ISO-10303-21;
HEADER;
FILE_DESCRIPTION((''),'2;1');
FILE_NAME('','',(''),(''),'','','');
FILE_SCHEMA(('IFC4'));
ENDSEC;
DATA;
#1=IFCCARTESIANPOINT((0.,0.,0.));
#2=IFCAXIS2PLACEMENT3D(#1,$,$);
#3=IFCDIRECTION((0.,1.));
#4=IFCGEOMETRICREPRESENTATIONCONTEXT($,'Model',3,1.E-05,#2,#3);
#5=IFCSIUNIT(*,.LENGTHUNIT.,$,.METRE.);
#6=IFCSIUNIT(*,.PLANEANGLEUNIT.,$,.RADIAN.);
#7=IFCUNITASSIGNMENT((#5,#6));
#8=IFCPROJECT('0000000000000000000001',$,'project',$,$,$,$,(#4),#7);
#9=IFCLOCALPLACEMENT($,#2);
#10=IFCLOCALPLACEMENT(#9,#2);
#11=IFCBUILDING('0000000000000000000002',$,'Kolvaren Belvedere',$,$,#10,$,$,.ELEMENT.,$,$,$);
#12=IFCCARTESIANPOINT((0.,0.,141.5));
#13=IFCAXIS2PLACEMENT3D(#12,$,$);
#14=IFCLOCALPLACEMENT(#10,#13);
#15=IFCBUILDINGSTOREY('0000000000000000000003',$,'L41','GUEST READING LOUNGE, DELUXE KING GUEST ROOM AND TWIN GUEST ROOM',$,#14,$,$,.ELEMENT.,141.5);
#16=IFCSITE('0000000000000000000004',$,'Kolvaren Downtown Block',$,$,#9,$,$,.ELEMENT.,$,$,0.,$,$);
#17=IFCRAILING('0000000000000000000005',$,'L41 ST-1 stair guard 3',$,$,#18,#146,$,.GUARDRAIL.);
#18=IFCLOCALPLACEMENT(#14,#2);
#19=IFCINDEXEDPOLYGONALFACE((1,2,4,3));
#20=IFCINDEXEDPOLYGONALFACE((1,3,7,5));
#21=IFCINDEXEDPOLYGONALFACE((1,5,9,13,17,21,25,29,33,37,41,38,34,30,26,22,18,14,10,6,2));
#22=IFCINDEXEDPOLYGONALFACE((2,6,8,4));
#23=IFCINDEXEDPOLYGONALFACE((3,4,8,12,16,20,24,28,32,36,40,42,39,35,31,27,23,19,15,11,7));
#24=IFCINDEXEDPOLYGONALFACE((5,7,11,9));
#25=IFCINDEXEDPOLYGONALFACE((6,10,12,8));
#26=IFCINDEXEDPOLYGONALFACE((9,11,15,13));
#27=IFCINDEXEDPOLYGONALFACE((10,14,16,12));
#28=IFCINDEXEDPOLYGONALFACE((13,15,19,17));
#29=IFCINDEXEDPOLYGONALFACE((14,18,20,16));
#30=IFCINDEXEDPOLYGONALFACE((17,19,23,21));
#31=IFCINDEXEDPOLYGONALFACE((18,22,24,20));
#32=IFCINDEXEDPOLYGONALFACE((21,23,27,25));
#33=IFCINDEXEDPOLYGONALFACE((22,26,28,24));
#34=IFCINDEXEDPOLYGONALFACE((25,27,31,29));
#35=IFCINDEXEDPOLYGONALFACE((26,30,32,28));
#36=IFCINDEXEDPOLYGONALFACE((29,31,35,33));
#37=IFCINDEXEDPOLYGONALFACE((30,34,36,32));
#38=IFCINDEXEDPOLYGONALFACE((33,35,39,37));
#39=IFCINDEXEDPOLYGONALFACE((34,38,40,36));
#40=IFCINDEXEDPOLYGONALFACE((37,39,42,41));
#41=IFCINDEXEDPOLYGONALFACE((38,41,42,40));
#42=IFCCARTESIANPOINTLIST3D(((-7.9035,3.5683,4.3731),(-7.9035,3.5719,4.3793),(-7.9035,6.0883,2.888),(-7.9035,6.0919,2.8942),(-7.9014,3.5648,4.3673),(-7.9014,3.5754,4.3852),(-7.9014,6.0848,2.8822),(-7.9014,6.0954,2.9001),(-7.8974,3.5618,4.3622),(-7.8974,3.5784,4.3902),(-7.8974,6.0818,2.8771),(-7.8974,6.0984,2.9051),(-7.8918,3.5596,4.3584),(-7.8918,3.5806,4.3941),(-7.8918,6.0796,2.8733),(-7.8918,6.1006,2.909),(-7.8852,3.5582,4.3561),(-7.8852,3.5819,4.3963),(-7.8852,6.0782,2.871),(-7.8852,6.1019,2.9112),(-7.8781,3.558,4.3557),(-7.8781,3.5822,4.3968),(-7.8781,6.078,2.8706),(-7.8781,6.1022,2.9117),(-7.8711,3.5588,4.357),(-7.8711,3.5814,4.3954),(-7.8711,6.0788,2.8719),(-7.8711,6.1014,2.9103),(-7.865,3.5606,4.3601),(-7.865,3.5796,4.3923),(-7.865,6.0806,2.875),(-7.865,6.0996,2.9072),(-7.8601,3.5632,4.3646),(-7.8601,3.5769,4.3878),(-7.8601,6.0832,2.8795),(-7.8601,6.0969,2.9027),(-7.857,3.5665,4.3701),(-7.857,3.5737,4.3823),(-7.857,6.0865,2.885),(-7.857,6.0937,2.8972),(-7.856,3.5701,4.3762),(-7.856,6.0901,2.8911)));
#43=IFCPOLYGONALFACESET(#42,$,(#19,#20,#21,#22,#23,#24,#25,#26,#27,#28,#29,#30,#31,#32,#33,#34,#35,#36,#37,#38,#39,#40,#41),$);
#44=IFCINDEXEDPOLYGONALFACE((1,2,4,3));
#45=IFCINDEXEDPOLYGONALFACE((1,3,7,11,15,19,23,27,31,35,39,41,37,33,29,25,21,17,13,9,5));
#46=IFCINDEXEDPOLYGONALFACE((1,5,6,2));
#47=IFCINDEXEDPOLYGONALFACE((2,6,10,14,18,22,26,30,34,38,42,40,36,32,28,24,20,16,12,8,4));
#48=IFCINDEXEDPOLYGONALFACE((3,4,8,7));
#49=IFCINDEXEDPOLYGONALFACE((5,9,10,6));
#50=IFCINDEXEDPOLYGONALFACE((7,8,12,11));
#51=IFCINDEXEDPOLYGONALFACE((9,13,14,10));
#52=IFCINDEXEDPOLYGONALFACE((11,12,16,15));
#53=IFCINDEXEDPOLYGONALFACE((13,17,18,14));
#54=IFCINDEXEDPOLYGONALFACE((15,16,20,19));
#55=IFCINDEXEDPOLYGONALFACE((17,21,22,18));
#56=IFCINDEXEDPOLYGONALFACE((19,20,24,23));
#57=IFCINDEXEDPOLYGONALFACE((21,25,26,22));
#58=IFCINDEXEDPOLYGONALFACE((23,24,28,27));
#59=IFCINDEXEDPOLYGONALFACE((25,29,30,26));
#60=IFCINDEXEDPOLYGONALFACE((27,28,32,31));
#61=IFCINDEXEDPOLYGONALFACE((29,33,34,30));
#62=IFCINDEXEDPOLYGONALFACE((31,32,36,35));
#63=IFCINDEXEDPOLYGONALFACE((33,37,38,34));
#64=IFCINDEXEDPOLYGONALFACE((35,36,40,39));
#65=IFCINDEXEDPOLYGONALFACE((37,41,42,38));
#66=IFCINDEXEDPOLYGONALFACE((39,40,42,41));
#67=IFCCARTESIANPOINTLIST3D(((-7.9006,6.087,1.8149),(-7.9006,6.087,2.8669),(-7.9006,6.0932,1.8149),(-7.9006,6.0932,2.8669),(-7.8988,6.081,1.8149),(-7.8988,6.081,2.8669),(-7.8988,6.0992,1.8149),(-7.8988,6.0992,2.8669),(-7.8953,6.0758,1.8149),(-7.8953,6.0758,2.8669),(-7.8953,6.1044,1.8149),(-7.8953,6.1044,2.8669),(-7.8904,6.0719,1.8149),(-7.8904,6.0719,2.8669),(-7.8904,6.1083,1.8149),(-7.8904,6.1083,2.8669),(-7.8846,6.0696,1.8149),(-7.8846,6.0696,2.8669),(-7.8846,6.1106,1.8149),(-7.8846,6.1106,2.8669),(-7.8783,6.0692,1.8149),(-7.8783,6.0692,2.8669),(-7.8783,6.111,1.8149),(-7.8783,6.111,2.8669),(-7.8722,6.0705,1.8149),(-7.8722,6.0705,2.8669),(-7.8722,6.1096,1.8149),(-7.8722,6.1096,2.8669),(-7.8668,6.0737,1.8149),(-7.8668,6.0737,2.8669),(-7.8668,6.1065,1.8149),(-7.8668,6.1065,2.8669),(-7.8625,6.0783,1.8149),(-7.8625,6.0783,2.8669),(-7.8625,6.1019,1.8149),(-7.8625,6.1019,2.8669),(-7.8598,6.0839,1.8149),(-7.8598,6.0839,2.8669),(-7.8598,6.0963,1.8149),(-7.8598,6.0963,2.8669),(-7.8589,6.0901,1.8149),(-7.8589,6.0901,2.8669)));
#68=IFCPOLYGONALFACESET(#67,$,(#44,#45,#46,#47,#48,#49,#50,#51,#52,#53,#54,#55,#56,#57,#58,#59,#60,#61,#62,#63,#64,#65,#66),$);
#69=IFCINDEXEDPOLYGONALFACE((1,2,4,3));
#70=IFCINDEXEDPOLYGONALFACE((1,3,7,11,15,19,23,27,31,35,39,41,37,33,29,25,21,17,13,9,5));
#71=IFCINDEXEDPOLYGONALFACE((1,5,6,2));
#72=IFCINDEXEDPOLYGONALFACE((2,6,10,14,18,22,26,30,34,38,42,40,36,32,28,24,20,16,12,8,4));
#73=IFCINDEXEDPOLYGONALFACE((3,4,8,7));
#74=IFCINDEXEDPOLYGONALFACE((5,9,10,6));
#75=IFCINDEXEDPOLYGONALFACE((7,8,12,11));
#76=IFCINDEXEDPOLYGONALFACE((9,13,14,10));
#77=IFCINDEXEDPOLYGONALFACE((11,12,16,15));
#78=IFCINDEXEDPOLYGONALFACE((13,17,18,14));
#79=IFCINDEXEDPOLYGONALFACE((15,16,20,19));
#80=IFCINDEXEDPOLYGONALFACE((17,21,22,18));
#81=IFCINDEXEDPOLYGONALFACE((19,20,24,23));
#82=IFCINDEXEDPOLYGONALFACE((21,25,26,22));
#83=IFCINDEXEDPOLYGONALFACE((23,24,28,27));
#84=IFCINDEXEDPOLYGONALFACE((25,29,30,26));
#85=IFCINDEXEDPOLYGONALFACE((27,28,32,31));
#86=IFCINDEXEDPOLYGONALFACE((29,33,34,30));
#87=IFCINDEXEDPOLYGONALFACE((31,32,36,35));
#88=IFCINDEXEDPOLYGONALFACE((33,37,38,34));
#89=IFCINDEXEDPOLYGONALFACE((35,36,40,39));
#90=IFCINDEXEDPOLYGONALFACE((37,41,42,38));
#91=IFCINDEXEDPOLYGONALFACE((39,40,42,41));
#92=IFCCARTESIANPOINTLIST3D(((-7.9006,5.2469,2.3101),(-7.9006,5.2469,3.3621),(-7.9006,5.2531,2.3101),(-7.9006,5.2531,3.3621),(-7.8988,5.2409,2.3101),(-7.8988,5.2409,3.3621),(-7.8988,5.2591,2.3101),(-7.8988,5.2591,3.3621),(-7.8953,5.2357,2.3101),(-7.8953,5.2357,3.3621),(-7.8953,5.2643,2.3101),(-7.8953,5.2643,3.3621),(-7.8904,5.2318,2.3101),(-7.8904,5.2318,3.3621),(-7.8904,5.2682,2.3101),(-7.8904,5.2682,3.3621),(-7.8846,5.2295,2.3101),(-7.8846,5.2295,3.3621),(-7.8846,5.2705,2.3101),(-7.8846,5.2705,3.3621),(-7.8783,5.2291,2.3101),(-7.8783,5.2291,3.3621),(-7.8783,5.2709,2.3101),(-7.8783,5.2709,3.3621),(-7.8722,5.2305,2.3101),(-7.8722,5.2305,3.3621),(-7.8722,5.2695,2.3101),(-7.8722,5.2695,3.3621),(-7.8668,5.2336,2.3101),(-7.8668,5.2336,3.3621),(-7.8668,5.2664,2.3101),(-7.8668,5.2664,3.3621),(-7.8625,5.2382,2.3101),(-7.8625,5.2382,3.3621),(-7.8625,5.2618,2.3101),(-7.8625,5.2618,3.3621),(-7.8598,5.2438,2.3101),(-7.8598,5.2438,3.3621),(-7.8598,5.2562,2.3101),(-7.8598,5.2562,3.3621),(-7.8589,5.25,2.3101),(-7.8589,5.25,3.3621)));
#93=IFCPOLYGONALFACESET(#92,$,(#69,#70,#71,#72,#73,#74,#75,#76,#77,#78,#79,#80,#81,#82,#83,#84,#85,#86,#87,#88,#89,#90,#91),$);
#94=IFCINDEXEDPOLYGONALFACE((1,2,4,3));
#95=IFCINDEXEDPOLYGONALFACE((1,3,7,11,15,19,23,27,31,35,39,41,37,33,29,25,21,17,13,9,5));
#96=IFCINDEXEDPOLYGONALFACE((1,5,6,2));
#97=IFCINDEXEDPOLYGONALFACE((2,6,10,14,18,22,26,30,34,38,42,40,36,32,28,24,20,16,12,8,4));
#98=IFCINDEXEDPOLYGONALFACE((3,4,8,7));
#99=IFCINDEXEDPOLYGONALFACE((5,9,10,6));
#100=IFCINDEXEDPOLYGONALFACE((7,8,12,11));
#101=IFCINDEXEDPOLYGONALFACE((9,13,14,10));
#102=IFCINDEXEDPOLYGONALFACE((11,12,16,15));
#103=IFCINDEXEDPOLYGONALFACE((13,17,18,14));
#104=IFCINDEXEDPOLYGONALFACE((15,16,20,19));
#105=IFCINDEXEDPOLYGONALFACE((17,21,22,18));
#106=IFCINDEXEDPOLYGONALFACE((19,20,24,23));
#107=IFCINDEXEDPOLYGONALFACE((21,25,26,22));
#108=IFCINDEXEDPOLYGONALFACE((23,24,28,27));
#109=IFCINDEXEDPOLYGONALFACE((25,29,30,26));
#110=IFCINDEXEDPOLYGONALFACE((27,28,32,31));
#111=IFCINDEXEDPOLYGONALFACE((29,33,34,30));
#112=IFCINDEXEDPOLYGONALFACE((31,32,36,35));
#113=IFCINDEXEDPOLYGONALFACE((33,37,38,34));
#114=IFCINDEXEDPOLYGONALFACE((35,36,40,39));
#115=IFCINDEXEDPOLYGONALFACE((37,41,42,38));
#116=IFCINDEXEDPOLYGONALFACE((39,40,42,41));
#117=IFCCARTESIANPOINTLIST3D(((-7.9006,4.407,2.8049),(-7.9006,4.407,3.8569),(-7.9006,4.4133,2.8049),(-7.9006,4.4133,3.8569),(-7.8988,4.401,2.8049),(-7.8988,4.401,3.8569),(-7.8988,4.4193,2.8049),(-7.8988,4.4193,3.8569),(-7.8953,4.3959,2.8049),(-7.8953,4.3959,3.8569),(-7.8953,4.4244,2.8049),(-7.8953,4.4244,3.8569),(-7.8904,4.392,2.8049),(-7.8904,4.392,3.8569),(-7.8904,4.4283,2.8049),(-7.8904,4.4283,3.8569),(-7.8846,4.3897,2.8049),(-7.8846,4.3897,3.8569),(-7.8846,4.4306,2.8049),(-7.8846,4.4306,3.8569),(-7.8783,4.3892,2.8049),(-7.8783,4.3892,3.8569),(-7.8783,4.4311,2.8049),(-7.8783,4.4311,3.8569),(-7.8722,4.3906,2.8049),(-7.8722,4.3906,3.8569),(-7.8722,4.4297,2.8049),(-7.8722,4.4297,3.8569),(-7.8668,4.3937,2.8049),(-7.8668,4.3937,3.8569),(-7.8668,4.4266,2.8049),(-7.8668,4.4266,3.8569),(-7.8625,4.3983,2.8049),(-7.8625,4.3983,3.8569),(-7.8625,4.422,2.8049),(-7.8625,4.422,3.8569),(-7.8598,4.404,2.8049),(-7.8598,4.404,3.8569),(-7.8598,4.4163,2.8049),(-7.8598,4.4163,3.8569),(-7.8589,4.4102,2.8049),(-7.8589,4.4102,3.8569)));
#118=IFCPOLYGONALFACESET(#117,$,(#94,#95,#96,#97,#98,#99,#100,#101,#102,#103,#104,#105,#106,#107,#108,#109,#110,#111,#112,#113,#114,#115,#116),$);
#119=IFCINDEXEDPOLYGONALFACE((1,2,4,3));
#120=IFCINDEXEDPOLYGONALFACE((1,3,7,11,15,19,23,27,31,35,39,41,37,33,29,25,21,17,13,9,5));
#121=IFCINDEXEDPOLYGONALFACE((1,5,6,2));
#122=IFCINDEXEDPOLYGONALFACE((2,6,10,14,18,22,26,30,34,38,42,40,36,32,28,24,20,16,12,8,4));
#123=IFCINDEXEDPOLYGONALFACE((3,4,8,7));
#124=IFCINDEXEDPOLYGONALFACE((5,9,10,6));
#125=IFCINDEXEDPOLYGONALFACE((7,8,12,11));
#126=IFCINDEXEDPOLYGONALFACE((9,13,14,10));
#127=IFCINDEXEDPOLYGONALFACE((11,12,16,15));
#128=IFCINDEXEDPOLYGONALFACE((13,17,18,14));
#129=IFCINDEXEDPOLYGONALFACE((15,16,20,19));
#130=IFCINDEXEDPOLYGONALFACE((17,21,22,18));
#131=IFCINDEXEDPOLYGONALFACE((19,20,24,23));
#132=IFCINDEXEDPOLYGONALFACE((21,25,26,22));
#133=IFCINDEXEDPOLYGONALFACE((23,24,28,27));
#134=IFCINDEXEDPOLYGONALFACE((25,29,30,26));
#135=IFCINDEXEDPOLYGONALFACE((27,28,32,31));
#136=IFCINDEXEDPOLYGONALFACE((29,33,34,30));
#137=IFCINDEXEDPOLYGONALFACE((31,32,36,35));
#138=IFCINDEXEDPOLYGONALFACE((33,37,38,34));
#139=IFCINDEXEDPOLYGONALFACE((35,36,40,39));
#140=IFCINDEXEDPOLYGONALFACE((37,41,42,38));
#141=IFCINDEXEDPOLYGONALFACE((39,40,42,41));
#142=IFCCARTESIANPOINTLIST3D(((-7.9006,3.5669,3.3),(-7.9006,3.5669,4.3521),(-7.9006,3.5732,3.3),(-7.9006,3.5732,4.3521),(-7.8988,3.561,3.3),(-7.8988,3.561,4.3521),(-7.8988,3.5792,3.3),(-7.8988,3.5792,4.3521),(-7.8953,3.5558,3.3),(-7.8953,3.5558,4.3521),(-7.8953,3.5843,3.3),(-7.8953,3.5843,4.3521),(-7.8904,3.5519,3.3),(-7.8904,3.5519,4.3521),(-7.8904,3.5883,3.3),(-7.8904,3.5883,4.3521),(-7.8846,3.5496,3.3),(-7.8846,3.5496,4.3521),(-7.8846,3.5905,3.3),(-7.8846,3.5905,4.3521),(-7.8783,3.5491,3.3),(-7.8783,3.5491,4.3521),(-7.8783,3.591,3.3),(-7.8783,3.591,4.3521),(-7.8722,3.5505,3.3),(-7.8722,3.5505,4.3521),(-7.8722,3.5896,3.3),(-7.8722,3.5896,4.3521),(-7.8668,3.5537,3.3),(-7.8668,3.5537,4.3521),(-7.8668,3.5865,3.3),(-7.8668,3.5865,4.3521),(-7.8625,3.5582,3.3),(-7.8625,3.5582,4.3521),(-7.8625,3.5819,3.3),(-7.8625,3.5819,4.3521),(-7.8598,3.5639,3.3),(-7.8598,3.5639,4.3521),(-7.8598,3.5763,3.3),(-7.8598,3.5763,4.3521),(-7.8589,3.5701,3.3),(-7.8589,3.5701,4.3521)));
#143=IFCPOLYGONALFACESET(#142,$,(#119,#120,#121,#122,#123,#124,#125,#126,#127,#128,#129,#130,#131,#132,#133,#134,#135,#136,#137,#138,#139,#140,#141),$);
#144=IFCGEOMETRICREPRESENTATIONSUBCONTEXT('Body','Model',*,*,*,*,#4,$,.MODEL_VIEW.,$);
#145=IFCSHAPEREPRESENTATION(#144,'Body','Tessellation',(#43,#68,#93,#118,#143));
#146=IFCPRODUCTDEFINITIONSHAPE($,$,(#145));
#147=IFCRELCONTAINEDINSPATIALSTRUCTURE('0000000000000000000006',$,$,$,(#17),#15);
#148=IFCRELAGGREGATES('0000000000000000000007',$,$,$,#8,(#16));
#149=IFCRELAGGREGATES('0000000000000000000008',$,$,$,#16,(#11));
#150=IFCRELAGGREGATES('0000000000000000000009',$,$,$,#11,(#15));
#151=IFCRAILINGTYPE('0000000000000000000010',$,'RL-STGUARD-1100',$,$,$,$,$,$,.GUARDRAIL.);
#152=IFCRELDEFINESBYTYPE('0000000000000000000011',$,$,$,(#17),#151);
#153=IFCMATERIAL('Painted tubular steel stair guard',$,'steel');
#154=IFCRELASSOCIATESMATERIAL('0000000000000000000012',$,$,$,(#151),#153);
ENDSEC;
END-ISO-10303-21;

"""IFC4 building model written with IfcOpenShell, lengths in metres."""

from ifc_helpers import new_model, si_unit, direction, frame, origin, origin_2d, place, context, subcontext, project, spatial, circle, extrude, material, type_object, element, save


model = new_model("IFC4")

# Units and contexts
model_context = context("Model", 3, precision=1e-05, world=origin(), true_north=direction((0.0, 1.0)))
body_context = subcontext(model_context, "Body", "Model", "MODEL_VIEW")
ifc_project = project(units=[si_unit("LENGTHUNIT", "METRE"), si_unit("PLANEANGLEUNIT", "RADIAN")], contexts=[model_context])

# Site, building, storey
site_placement = place(None, origin())
site = spatial("IfcSite", under=ifc_project, at=site_placement, Name="Kolvaren Downtown Block", CompositionType="ELEMENT", RefElevation=0.0)
building_placement = place(site_placement, origin())
building = spatial("IfcBuilding", under=site, at=building_placement, Name="Kolvaren Belvedere", CompositionType="ELEMENT")
storey_placement = place(building_placement, frame((0.0, 0.0, 141.5)))
storey = spatial("IfcBuildingStorey", under=building, at=storey_placement, Name="L41", Description="GUEST READING LOUNGE, DELUXE KING GUEST ROOM AND TWIN GUEST ROOM", CompositionType="ELEMENT", Elevation=141.5)

# Railing
ifc_material_1 = material(Name="Painted tubular steel stair guard", Category="steel")
railing_type = type_object("IfcRailingType", Name="RL-STGUARD-1100", PredefinedType="GUARDRAIL", material=ifc_material_1)
railing_1_placement = place(storey_placement, frame((-7.8799, 6.0901, 1.8149)))
element("IfcRailing", 1, at=railing_1_placement, inside=storey, type_object=railing_type, Name="L41 ST-1 stair guard 3", PredefinedType="GUARDRAIL", context=body_context, shape_type="SweptSolid", body=[
    extrude(circle(Radius=0.0239, at=origin_2d()), frame((0.0, 0.0, 1.0762), z_axis=(0.0, -0.861524, 0.507717), x_axis=(1.0, 0.0, 0.0)), (0.0, 0.0, 1.0), 2.925),
    extrude(circle(Radius=0.021, at=origin_2d()), origin(), (0.0, 0.0, 1.0), 1.052),
    extrude(circle(Radius=0.021, at=origin_2d()), frame((0.0, -0.8401, 0.4951)), (0.0, 0.0, 1.0), 1.052),
    extrude(circle(Radius=0.021, at=origin_2d()), frame((0.0, -1.6799, 0.99)), (0.0, 0.0, 1.0), 1.052),
    extrude(circle(Radius=0.021, at=origin_2d()), frame((0.0, -2.52, 1.4851)), (0.0, 0.0, 1.0), 1.052),
])

save(model, "model.ifc")
